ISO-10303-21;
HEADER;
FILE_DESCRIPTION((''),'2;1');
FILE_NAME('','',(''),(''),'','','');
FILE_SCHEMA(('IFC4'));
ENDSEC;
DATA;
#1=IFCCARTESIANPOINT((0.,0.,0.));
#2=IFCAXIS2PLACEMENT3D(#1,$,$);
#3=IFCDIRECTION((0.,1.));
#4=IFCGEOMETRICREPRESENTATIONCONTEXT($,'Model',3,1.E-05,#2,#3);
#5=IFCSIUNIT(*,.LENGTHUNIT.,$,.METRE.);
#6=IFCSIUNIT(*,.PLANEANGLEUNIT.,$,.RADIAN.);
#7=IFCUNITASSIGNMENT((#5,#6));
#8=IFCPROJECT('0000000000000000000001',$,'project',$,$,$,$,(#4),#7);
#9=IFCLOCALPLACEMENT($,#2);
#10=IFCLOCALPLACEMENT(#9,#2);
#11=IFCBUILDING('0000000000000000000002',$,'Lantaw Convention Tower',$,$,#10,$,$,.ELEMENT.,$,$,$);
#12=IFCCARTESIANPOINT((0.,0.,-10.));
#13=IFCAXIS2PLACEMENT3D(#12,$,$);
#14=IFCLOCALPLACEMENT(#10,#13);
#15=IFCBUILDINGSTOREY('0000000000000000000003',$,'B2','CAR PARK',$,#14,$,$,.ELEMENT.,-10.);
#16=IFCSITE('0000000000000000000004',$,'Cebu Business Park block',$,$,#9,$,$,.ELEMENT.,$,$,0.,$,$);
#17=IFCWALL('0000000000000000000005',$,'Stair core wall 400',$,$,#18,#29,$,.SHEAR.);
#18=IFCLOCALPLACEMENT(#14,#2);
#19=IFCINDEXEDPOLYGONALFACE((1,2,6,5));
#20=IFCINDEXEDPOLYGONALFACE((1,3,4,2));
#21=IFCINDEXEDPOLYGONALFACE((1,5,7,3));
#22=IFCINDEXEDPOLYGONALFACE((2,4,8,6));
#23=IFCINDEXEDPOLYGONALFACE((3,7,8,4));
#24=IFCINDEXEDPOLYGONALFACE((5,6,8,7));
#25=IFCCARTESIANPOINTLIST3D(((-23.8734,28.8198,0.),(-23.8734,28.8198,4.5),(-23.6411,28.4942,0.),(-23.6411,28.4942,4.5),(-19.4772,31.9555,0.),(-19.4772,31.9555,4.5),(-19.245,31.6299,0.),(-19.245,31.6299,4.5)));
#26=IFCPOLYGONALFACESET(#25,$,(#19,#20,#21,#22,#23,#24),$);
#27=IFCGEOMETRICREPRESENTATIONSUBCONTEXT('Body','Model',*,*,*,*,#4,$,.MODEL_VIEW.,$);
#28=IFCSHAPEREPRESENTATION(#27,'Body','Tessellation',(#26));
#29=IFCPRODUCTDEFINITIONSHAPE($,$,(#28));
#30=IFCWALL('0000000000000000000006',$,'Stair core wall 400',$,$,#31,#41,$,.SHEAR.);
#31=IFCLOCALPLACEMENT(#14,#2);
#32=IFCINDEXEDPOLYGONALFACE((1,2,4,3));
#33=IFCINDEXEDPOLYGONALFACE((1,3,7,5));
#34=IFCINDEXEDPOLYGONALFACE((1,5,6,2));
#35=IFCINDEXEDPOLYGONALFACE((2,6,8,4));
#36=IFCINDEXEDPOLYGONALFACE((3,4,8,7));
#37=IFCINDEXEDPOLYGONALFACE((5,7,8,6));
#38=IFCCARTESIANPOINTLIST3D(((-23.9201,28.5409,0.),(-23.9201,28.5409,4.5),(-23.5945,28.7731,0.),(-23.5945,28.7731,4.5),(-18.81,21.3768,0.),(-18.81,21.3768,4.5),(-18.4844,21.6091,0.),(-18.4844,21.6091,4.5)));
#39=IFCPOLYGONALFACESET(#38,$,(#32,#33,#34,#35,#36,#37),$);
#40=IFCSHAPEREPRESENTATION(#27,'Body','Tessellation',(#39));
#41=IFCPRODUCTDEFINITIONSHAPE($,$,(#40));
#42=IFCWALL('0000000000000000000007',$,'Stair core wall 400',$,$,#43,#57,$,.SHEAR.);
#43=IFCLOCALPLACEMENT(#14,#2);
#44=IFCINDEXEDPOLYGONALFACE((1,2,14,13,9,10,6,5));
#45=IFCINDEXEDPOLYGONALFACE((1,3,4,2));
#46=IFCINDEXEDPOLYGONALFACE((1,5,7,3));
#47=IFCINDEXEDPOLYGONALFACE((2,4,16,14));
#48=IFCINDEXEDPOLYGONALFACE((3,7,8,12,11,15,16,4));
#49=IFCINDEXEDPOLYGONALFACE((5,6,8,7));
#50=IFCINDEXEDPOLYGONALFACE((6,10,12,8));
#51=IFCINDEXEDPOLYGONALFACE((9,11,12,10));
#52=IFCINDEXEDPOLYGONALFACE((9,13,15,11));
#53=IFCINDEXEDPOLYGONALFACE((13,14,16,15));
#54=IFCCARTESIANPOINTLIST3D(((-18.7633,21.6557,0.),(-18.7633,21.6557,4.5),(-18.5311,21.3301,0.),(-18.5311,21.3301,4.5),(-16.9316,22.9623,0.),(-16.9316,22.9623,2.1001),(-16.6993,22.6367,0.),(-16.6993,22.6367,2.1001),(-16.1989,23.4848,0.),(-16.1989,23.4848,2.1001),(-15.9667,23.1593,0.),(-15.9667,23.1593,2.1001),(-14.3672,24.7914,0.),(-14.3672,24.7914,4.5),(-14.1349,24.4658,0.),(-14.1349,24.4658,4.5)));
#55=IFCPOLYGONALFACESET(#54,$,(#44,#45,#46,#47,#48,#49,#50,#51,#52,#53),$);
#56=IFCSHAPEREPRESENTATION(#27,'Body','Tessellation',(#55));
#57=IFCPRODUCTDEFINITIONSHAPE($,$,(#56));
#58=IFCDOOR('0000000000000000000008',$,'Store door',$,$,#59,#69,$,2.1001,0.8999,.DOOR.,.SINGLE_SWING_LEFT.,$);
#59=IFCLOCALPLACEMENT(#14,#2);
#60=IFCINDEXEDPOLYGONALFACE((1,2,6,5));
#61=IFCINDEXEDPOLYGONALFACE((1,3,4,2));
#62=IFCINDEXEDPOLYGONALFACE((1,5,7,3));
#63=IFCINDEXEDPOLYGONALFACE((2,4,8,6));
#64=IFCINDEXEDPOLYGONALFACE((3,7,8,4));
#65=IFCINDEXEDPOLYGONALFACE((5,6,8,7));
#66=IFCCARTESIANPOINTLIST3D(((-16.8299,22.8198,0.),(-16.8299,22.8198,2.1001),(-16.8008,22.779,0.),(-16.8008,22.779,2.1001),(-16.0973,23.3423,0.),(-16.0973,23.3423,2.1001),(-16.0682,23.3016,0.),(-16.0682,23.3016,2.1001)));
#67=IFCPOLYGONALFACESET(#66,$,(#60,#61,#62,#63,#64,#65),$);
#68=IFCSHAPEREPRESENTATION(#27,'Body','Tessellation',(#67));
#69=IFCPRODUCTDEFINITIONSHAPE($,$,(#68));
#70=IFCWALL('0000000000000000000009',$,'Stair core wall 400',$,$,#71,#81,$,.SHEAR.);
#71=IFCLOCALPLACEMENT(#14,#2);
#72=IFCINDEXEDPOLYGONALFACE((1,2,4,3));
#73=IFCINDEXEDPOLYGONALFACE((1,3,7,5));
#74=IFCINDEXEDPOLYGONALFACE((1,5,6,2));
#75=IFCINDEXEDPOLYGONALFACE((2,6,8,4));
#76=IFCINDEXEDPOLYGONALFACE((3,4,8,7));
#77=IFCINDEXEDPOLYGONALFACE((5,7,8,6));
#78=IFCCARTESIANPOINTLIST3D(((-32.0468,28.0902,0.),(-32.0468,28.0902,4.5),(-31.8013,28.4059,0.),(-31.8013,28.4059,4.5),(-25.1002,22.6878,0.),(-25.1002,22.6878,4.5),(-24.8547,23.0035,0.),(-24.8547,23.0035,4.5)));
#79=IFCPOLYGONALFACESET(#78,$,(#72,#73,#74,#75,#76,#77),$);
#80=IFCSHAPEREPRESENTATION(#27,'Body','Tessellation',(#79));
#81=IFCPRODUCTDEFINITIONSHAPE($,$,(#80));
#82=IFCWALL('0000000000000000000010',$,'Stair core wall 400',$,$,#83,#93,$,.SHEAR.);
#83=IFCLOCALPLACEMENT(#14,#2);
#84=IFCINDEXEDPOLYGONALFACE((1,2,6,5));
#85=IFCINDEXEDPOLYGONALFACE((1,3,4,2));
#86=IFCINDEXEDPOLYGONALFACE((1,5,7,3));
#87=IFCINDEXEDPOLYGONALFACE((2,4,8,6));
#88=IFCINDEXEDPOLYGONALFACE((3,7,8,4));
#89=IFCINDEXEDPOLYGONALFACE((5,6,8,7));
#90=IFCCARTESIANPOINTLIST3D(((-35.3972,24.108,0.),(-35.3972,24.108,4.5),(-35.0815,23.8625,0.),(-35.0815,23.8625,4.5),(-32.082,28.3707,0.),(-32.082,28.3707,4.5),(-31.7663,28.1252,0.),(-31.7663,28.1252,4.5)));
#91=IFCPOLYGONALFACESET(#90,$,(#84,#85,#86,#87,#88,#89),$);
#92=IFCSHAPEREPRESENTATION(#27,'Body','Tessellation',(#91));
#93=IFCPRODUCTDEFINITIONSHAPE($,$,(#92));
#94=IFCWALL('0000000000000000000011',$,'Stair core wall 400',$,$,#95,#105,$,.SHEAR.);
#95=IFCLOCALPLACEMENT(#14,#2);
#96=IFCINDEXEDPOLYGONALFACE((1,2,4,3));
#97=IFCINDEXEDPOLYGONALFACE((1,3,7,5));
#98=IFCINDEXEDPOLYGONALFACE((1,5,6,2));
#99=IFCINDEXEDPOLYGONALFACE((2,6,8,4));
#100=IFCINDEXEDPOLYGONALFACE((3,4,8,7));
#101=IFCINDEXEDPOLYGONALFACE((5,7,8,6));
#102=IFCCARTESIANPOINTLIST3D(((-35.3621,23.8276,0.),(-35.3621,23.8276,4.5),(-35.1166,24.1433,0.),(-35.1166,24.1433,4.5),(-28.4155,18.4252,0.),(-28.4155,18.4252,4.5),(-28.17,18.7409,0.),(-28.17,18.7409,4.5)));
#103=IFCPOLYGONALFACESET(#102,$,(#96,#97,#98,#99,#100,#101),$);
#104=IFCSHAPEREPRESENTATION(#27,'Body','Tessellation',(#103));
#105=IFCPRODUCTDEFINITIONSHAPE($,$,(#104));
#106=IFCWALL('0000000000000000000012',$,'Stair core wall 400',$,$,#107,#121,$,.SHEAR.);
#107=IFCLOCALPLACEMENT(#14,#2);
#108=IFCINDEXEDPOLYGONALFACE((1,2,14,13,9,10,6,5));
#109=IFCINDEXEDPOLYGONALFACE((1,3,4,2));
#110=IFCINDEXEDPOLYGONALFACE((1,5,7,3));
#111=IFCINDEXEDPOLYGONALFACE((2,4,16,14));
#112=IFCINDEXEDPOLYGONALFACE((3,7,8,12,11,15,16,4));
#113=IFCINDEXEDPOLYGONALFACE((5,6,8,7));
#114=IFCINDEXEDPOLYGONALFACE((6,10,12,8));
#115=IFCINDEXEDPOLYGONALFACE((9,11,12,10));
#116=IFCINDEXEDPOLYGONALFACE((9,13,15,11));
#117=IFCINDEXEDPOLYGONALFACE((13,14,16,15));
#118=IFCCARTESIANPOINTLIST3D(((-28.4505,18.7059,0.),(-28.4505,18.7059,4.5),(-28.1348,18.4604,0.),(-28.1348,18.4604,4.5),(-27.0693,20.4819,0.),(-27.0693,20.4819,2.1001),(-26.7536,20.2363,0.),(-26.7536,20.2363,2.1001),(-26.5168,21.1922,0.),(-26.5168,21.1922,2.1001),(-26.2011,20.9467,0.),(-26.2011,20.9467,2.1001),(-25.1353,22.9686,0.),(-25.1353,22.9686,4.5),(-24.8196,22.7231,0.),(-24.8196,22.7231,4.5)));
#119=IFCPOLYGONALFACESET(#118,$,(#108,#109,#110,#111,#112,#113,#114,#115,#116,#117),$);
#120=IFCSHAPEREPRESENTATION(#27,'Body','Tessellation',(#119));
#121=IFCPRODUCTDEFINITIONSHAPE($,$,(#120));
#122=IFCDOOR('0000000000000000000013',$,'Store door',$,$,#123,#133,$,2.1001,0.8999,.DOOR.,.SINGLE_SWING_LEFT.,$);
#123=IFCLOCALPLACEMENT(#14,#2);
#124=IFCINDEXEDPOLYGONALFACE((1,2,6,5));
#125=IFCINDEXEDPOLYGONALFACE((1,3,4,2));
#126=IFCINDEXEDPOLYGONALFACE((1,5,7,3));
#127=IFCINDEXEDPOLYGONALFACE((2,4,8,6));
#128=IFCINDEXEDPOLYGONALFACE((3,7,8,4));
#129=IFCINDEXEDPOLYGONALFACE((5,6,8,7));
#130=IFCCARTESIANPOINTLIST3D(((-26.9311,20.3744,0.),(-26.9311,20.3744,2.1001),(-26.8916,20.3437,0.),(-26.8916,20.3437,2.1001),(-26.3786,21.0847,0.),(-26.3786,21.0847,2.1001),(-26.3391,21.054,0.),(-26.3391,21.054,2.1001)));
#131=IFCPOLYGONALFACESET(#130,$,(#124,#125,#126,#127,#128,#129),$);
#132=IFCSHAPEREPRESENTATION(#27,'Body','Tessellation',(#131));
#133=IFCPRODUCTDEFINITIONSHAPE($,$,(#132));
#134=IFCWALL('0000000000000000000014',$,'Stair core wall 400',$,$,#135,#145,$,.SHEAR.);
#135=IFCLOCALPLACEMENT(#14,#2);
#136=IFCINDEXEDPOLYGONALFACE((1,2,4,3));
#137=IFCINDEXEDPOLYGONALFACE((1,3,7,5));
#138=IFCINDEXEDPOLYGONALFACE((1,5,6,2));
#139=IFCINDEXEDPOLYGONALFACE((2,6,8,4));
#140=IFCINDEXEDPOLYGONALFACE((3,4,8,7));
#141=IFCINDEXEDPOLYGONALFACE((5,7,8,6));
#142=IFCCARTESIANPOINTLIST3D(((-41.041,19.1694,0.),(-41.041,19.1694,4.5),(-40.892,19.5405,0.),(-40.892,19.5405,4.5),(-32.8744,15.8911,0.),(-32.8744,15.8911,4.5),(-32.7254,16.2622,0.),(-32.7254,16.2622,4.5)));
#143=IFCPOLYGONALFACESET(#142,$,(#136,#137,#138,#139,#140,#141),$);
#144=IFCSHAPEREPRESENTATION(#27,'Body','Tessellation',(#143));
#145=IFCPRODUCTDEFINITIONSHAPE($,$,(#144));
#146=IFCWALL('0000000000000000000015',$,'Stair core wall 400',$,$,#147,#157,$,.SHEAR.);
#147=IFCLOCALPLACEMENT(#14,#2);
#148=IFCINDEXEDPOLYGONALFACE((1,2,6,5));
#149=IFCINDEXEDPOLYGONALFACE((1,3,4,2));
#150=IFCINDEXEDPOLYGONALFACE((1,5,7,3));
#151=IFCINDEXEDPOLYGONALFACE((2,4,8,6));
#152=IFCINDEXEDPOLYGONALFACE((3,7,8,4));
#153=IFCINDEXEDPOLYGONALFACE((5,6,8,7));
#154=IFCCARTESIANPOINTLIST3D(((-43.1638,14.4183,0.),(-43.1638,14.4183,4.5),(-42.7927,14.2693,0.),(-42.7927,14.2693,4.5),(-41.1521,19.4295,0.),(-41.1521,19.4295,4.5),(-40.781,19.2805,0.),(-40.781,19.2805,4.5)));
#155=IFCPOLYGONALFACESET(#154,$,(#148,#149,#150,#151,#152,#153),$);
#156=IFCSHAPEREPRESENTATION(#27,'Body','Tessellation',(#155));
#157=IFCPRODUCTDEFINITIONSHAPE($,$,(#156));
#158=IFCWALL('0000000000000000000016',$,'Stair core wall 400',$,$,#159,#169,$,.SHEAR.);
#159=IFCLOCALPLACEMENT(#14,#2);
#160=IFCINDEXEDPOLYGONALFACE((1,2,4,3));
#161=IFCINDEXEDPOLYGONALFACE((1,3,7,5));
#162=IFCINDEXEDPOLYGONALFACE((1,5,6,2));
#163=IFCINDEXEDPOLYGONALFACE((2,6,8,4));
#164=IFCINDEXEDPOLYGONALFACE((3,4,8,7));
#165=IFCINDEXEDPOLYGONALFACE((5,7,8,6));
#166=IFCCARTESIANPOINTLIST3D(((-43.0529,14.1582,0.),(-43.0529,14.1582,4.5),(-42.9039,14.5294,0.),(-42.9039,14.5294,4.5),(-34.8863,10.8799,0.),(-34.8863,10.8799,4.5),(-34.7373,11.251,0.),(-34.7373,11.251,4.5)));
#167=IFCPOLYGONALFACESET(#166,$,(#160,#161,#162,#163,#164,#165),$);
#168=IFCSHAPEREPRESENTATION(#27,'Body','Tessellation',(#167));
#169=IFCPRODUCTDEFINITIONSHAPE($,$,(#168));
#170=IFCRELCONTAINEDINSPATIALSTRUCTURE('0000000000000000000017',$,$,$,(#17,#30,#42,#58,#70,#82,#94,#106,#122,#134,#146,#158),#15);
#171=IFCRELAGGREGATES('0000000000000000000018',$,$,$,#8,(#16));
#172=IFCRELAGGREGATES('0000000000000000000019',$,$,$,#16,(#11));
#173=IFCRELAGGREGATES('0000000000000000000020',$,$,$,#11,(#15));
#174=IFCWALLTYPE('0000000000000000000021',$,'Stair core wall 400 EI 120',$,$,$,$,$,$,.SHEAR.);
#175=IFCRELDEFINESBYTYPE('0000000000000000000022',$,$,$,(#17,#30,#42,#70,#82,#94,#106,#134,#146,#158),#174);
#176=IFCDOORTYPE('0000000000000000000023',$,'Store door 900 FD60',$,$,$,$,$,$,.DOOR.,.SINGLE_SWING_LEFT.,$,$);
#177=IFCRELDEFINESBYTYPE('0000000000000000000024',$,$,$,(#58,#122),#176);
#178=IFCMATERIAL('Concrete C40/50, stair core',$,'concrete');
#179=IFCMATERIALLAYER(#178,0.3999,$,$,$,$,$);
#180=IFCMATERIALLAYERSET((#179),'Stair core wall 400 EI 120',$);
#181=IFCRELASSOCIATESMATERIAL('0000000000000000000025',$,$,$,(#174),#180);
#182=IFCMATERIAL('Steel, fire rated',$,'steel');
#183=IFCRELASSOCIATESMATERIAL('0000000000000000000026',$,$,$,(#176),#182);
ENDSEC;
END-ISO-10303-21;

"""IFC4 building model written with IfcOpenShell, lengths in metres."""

from ifc_helpers import new_model, si_unit, direction, frame, frame_2d, origin, place, context, subcontext, project, spatial, rectangle, extrude, material, layer, layer_set, type_object, element, fill, save


model = new_model("IFC4")

# Units and contexts
model_context = context("Model", 3, precision=1e-05, world=origin(), true_north=direction((0.0, 1.0)))
body_context = subcontext(model_context, "Body", "Model", "MODEL_VIEW")
ifc_project = project(units=[si_unit("LENGTHUNIT", "METRE"), si_unit("PLANEANGLEUNIT", "RADIAN")], contexts=[model_context])

# Site, building, storey
site_placement = place(None, origin())
site = spatial("IfcSite", under=ifc_project, at=site_placement, Name="Cebu Business Park block", CompositionType="ELEMENT", RefElevation=0.0)
building_placement = place(site_placement, origin())
building = spatial("IfcBuilding", under=site, at=building_placement, Name="Lantaw Convention Tower", CompositionType="ELEMENT")
storey_placement = place(building_placement, frame((0.0, 0.0, -10.0)))
storey = spatial("IfcBuildingStorey", under=building, at=storey_placement, Name="B2", Description="CAR PARK", CompositionType="ELEMENT", Elevation=-10.0)

# Walls
ifc_material_1 = material(Name="Concrete C40/50, stair core", Category="concrete")
ifc_layer_1 = layer(ifc_material_1, 0.3999)
ifc_layer_set_1 = layer_set([ifc_layer_1], Name="Stair core wall 400 EI 120")
wall_type_1 = type_object("IfcWallType", Name="Stair core wall 400 EI 120", PredefinedType="SHEAR", material=ifc_layer_set_1)
wall_1_placement = place(storey_placement, frame((-19.3611, 31.7927, 0.0), z_axis=(0.0, 0.0, 1.0), x_axis=(-0.814121, -0.580695, 0.0)))
element("IfcWall", 1, at=wall_1_placement, inside=storey, type_object=wall_type_1, Name="Stair core wall 400", PredefinedType="SHEAR", context=body_context, shape_type="SweptSolid", body=[
    extrude(rectangle(XDim=5.3999, YDim=0.3999, at=frame_2d((2.7, 0.0))), origin(), (0.0, 0.0, 1.0), 4.5),
])
wall_2_placement = place(storey_placement, frame((-23.7573, 28.657, 0.0), z_axis=(0.0, 0.0, 1.0), x_axis=(0.580705, -0.814114, 0.0)))
element("IfcWall", 2, at=wall_2_placement, inside=storey, type_object=wall_type_1, Name="Stair core wall 400", PredefinedType="SHEAR", context=body_context, shape_type="SweptSolid", body=[
    extrude(rectangle(XDim=8.7998, YDim=0.3999, at=frame_2d((4.3999, 0.0))), origin(), (0.0, 0.0, 1.0), 4.5),
])

# Wall, opening, door
wall_3_placement = place(storey_placement, frame((-18.6472, 21.4929, 0.0), z_axis=(0.0, 0.0, 1.0), x_axis=(0.814121, 0.580695, 0.0)))
wall_3 = element("IfcWall", 3, at=wall_3_placement, inside=storey, type_object=wall_type_1, Name="Stair core wall 400", PredefinedType="SHEAR", context=body_context, shape_type="SweptSolid", body=[
    extrude(rectangle(XDim=5.3999, YDim=0.3999, at=frame_2d((2.7, 0.0))), origin(), (0.0, 0.0, 1.0), 4.5),
])
opening_1_placement = place(wall_3_placement, frame((2.25, 0.0, 0.0)))
opening_1 = element("IfcOpeningElement", 4, at=opening_1_placement, cuts=wall_3, PredefinedType="OPENING", context=body_context, shape_type="SweptSolid", body=[
    extrude(rectangle(XDim=0.8999, YDim=2.1001, at=frame_2d((0.45, 1.05))), frame((0.0, 0.21, 0.0), z_axis=(0.0, -1.0, 0.0), x_axis=(1.0, 0.0, 0.0)), (0.0, 0.0, 1.0), 0.4199),
])
ifc_material_2 = material(Name="Steel, fire rated", Category="steel")
door_type = type_object("IfcDoorType", Name="Store door 900 FD60", OperationType="SINGLE_SWING_LEFT", PredefinedType="DOOR", material=ifc_material_2)
door_1_placement = place(opening_1_placement, origin())
door_1 = element("IfcDoor", 5, at=door_1_placement, inside=storey, type_object=door_type, Name="Store door", OperationType="SINGLE_SWING_LEFT", OverallHeight=2.1001, OverallWidth=0.8999, PredefinedType="DOOR", context=body_context, shape_type="SweptSolid", body=[
    extrude(rectangle(XDim=0.8999, YDim=2.1001, at=frame_2d((0.45, 1.05))), frame((0.0, 0.0249, 0.0), z_axis=(0.0, -1.0, 0.0), x_axis=(1.0, 0.0, 0.0)), (0.0, 0.0, 1.0), 0.05),
])
fill(opening_1, door_1)

# Walls
wall_4_placement = place(storey_placement, frame((-24.9775, 22.8457, 0.0), z_axis=(0.0, 0.0, 1.0), x_axis=(-0.789381, 0.613904, 0.0)))
element("IfcWall", 6, at=wall_4_placement, inside=storey, type_object=wall_type_1, Name="Stair core wall 400", PredefinedType="SHEAR", context=body_context, shape_type="SweptSolid", body=[
    extrude(rectangle(XDim=8.8, YDim=0.3999, at=frame_2d((4.3999, 0.0))), origin(), (0.0, 0.0, 1.0), 4.5),
])
wall_5_placement = place(storey_placement, frame((-31.9241, 28.248, 0.0), z_axis=(0.0, 0.0, 1.0), x_axis=(-0.613912, -0.789374, 0.0)))
element("IfcWall", 7, at=wall_5_placement, inside=storey, type_object=wall_type_1, Name="Stair core wall 400", PredefinedType="SHEAR", context=body_context, shape_type="SweptSolid", body=[
    extrude(rectangle(XDim=5.4001, YDim=0.3999, at=frame_2d((2.7002, 0.0))), origin(), (0.0, 0.0, 1.0), 4.5),
])
wall_6_placement = place(storey_placement, frame((-35.2393, 23.9854, 0.0), z_axis=(0.0, 0.0, 1.0), x_axis=(0.789381, -0.613904, 0.0)))
element("IfcWall", 8, at=wall_6_placement, inside=storey, type_object=wall_type_1, Name="Stair core wall 400", PredefinedType="SHEAR", context=body_context, shape_type="SweptSolid", body=[
    extrude(rectangle(XDim=8.8, YDim=0.3999, at=frame_2d((4.3999, 0.0))), origin(), (0.0, 0.0, 1.0), 4.5),
])

# Wall, opening, door
wall_7_placement = place(storey_placement, frame((-28.2927, 18.583, 0.0), z_axis=(0.0, 0.0, 1.0), x_axis=(0.613912, 0.789374, 0.0)))
wall_7 = element("IfcWall", 9, at=wall_7_placement, inside=storey, type_object=wall_type_1, Name="Stair core wall 400", PredefinedType="SHEAR", context=body_context, shape_type="SweptSolid", body=[
    extrude(rectangle(XDim=5.4001, YDim=0.3999, at=frame_2d((2.7002, 0.0))), origin(), (0.0, 0.0, 1.0), 4.5),
])
opening_2_placement = place(wall_7_placement, frame((2.25, 0.0, 0.0)))
opening_2 = element("IfcOpeningElement", 10, at=opening_2_placement, cuts=wall_7, PredefinedType="OPENING", context=body_context, shape_type="SweptSolid", body=[
    extrude(rectangle(XDim=0.8999, YDim=2.1001, at=frame_2d((0.45, 1.05))), frame((0.0, 0.21, 0.0), z_axis=(0.0, -1.0, 0.0), x_axis=(1.0, 0.0, 0.0)), (0.0, 0.0, 1.0), 0.4199),
])
door_2_placement = place(opening_2_placement, origin())
door_2 = element("IfcDoor", 11, at=door_2_placement, inside=storey, type_object=door_type, Name="Store door", OperationType="SINGLE_SWING_LEFT", OverallHeight=2.1001, OverallWidth=0.8999, PredefinedType="DOOR", context=body_context, shape_type="SweptSolid", body=[
    extrude(rectangle(XDim=0.8999, YDim=2.1001, at=frame_2d((0.45, 1.05))), frame((0.0, 0.0249, 0.0), z_axis=(0.0, -1.0, 0.0), x_axis=(1.0, 0.0, 0.0)), (0.0, 0.0, 1.0), 0.05),
])
fill(opening_2, door_2)

# Walls
wall_8_placement = place(storey_placement, frame((-32.8, 16.0767, 0.0), z_axis=(0.0, 0.0, 1.0), x_axis=(-0.928017, 0.372538, 0.0)))
element("IfcWall", 12, at=wall_8_placement, inside=storey, type_object=wall_type_1, Name="Stair core wall 400", PredefinedType="SHEAR", context=body_context, shape_type="SweptSolid", body=[
    extrude(rectangle(XDim=8.8, YDim=0.3999, at=frame_2d((4.3999, 0.0))), origin(), (0.0, 0.0, 1.0), 4.5),
])
wall_9_placement = place(storey_placement, frame((-40.9666, 19.355, 0.0), z_axis=(0.0, 0.0, 1.0), x_axis=(-0.372544, -0.928015, 0.0)))
element("IfcWall", 13, at=wall_9_placement, inside=storey, type_object=wall_type_1, Name="Stair core wall 400", PredefinedType="SHEAR", context=body_context, shape_type="SweptSolid", body=[
    extrude(rectangle(XDim=5.3999, YDim=0.3999, at=frame_2d((2.7, 0.0))), origin(), (0.0, 0.0, 1.0), 4.5),
])
wall_10_placement = place(storey_placement, frame((-42.9783, 14.3438, 0.0), z_axis=(0.0, 0.0, 1.0), x_axis=(0.928017, -0.372538, 0.0)))
element("IfcWall", 14, at=wall_10_placement, inside=storey, type_object=wall_type_1, Name="Stair core wall 400", PredefinedType="SHEAR", context=body_context, shape_type="SweptSolid", body=[
    extrude(rectangle(XDim=8.8, YDim=0.3999, at=frame_2d((4.3999, 0.0))), origin(), (0.0, 0.0, 1.0), 4.5),
])

save(model, "model.ifc")
